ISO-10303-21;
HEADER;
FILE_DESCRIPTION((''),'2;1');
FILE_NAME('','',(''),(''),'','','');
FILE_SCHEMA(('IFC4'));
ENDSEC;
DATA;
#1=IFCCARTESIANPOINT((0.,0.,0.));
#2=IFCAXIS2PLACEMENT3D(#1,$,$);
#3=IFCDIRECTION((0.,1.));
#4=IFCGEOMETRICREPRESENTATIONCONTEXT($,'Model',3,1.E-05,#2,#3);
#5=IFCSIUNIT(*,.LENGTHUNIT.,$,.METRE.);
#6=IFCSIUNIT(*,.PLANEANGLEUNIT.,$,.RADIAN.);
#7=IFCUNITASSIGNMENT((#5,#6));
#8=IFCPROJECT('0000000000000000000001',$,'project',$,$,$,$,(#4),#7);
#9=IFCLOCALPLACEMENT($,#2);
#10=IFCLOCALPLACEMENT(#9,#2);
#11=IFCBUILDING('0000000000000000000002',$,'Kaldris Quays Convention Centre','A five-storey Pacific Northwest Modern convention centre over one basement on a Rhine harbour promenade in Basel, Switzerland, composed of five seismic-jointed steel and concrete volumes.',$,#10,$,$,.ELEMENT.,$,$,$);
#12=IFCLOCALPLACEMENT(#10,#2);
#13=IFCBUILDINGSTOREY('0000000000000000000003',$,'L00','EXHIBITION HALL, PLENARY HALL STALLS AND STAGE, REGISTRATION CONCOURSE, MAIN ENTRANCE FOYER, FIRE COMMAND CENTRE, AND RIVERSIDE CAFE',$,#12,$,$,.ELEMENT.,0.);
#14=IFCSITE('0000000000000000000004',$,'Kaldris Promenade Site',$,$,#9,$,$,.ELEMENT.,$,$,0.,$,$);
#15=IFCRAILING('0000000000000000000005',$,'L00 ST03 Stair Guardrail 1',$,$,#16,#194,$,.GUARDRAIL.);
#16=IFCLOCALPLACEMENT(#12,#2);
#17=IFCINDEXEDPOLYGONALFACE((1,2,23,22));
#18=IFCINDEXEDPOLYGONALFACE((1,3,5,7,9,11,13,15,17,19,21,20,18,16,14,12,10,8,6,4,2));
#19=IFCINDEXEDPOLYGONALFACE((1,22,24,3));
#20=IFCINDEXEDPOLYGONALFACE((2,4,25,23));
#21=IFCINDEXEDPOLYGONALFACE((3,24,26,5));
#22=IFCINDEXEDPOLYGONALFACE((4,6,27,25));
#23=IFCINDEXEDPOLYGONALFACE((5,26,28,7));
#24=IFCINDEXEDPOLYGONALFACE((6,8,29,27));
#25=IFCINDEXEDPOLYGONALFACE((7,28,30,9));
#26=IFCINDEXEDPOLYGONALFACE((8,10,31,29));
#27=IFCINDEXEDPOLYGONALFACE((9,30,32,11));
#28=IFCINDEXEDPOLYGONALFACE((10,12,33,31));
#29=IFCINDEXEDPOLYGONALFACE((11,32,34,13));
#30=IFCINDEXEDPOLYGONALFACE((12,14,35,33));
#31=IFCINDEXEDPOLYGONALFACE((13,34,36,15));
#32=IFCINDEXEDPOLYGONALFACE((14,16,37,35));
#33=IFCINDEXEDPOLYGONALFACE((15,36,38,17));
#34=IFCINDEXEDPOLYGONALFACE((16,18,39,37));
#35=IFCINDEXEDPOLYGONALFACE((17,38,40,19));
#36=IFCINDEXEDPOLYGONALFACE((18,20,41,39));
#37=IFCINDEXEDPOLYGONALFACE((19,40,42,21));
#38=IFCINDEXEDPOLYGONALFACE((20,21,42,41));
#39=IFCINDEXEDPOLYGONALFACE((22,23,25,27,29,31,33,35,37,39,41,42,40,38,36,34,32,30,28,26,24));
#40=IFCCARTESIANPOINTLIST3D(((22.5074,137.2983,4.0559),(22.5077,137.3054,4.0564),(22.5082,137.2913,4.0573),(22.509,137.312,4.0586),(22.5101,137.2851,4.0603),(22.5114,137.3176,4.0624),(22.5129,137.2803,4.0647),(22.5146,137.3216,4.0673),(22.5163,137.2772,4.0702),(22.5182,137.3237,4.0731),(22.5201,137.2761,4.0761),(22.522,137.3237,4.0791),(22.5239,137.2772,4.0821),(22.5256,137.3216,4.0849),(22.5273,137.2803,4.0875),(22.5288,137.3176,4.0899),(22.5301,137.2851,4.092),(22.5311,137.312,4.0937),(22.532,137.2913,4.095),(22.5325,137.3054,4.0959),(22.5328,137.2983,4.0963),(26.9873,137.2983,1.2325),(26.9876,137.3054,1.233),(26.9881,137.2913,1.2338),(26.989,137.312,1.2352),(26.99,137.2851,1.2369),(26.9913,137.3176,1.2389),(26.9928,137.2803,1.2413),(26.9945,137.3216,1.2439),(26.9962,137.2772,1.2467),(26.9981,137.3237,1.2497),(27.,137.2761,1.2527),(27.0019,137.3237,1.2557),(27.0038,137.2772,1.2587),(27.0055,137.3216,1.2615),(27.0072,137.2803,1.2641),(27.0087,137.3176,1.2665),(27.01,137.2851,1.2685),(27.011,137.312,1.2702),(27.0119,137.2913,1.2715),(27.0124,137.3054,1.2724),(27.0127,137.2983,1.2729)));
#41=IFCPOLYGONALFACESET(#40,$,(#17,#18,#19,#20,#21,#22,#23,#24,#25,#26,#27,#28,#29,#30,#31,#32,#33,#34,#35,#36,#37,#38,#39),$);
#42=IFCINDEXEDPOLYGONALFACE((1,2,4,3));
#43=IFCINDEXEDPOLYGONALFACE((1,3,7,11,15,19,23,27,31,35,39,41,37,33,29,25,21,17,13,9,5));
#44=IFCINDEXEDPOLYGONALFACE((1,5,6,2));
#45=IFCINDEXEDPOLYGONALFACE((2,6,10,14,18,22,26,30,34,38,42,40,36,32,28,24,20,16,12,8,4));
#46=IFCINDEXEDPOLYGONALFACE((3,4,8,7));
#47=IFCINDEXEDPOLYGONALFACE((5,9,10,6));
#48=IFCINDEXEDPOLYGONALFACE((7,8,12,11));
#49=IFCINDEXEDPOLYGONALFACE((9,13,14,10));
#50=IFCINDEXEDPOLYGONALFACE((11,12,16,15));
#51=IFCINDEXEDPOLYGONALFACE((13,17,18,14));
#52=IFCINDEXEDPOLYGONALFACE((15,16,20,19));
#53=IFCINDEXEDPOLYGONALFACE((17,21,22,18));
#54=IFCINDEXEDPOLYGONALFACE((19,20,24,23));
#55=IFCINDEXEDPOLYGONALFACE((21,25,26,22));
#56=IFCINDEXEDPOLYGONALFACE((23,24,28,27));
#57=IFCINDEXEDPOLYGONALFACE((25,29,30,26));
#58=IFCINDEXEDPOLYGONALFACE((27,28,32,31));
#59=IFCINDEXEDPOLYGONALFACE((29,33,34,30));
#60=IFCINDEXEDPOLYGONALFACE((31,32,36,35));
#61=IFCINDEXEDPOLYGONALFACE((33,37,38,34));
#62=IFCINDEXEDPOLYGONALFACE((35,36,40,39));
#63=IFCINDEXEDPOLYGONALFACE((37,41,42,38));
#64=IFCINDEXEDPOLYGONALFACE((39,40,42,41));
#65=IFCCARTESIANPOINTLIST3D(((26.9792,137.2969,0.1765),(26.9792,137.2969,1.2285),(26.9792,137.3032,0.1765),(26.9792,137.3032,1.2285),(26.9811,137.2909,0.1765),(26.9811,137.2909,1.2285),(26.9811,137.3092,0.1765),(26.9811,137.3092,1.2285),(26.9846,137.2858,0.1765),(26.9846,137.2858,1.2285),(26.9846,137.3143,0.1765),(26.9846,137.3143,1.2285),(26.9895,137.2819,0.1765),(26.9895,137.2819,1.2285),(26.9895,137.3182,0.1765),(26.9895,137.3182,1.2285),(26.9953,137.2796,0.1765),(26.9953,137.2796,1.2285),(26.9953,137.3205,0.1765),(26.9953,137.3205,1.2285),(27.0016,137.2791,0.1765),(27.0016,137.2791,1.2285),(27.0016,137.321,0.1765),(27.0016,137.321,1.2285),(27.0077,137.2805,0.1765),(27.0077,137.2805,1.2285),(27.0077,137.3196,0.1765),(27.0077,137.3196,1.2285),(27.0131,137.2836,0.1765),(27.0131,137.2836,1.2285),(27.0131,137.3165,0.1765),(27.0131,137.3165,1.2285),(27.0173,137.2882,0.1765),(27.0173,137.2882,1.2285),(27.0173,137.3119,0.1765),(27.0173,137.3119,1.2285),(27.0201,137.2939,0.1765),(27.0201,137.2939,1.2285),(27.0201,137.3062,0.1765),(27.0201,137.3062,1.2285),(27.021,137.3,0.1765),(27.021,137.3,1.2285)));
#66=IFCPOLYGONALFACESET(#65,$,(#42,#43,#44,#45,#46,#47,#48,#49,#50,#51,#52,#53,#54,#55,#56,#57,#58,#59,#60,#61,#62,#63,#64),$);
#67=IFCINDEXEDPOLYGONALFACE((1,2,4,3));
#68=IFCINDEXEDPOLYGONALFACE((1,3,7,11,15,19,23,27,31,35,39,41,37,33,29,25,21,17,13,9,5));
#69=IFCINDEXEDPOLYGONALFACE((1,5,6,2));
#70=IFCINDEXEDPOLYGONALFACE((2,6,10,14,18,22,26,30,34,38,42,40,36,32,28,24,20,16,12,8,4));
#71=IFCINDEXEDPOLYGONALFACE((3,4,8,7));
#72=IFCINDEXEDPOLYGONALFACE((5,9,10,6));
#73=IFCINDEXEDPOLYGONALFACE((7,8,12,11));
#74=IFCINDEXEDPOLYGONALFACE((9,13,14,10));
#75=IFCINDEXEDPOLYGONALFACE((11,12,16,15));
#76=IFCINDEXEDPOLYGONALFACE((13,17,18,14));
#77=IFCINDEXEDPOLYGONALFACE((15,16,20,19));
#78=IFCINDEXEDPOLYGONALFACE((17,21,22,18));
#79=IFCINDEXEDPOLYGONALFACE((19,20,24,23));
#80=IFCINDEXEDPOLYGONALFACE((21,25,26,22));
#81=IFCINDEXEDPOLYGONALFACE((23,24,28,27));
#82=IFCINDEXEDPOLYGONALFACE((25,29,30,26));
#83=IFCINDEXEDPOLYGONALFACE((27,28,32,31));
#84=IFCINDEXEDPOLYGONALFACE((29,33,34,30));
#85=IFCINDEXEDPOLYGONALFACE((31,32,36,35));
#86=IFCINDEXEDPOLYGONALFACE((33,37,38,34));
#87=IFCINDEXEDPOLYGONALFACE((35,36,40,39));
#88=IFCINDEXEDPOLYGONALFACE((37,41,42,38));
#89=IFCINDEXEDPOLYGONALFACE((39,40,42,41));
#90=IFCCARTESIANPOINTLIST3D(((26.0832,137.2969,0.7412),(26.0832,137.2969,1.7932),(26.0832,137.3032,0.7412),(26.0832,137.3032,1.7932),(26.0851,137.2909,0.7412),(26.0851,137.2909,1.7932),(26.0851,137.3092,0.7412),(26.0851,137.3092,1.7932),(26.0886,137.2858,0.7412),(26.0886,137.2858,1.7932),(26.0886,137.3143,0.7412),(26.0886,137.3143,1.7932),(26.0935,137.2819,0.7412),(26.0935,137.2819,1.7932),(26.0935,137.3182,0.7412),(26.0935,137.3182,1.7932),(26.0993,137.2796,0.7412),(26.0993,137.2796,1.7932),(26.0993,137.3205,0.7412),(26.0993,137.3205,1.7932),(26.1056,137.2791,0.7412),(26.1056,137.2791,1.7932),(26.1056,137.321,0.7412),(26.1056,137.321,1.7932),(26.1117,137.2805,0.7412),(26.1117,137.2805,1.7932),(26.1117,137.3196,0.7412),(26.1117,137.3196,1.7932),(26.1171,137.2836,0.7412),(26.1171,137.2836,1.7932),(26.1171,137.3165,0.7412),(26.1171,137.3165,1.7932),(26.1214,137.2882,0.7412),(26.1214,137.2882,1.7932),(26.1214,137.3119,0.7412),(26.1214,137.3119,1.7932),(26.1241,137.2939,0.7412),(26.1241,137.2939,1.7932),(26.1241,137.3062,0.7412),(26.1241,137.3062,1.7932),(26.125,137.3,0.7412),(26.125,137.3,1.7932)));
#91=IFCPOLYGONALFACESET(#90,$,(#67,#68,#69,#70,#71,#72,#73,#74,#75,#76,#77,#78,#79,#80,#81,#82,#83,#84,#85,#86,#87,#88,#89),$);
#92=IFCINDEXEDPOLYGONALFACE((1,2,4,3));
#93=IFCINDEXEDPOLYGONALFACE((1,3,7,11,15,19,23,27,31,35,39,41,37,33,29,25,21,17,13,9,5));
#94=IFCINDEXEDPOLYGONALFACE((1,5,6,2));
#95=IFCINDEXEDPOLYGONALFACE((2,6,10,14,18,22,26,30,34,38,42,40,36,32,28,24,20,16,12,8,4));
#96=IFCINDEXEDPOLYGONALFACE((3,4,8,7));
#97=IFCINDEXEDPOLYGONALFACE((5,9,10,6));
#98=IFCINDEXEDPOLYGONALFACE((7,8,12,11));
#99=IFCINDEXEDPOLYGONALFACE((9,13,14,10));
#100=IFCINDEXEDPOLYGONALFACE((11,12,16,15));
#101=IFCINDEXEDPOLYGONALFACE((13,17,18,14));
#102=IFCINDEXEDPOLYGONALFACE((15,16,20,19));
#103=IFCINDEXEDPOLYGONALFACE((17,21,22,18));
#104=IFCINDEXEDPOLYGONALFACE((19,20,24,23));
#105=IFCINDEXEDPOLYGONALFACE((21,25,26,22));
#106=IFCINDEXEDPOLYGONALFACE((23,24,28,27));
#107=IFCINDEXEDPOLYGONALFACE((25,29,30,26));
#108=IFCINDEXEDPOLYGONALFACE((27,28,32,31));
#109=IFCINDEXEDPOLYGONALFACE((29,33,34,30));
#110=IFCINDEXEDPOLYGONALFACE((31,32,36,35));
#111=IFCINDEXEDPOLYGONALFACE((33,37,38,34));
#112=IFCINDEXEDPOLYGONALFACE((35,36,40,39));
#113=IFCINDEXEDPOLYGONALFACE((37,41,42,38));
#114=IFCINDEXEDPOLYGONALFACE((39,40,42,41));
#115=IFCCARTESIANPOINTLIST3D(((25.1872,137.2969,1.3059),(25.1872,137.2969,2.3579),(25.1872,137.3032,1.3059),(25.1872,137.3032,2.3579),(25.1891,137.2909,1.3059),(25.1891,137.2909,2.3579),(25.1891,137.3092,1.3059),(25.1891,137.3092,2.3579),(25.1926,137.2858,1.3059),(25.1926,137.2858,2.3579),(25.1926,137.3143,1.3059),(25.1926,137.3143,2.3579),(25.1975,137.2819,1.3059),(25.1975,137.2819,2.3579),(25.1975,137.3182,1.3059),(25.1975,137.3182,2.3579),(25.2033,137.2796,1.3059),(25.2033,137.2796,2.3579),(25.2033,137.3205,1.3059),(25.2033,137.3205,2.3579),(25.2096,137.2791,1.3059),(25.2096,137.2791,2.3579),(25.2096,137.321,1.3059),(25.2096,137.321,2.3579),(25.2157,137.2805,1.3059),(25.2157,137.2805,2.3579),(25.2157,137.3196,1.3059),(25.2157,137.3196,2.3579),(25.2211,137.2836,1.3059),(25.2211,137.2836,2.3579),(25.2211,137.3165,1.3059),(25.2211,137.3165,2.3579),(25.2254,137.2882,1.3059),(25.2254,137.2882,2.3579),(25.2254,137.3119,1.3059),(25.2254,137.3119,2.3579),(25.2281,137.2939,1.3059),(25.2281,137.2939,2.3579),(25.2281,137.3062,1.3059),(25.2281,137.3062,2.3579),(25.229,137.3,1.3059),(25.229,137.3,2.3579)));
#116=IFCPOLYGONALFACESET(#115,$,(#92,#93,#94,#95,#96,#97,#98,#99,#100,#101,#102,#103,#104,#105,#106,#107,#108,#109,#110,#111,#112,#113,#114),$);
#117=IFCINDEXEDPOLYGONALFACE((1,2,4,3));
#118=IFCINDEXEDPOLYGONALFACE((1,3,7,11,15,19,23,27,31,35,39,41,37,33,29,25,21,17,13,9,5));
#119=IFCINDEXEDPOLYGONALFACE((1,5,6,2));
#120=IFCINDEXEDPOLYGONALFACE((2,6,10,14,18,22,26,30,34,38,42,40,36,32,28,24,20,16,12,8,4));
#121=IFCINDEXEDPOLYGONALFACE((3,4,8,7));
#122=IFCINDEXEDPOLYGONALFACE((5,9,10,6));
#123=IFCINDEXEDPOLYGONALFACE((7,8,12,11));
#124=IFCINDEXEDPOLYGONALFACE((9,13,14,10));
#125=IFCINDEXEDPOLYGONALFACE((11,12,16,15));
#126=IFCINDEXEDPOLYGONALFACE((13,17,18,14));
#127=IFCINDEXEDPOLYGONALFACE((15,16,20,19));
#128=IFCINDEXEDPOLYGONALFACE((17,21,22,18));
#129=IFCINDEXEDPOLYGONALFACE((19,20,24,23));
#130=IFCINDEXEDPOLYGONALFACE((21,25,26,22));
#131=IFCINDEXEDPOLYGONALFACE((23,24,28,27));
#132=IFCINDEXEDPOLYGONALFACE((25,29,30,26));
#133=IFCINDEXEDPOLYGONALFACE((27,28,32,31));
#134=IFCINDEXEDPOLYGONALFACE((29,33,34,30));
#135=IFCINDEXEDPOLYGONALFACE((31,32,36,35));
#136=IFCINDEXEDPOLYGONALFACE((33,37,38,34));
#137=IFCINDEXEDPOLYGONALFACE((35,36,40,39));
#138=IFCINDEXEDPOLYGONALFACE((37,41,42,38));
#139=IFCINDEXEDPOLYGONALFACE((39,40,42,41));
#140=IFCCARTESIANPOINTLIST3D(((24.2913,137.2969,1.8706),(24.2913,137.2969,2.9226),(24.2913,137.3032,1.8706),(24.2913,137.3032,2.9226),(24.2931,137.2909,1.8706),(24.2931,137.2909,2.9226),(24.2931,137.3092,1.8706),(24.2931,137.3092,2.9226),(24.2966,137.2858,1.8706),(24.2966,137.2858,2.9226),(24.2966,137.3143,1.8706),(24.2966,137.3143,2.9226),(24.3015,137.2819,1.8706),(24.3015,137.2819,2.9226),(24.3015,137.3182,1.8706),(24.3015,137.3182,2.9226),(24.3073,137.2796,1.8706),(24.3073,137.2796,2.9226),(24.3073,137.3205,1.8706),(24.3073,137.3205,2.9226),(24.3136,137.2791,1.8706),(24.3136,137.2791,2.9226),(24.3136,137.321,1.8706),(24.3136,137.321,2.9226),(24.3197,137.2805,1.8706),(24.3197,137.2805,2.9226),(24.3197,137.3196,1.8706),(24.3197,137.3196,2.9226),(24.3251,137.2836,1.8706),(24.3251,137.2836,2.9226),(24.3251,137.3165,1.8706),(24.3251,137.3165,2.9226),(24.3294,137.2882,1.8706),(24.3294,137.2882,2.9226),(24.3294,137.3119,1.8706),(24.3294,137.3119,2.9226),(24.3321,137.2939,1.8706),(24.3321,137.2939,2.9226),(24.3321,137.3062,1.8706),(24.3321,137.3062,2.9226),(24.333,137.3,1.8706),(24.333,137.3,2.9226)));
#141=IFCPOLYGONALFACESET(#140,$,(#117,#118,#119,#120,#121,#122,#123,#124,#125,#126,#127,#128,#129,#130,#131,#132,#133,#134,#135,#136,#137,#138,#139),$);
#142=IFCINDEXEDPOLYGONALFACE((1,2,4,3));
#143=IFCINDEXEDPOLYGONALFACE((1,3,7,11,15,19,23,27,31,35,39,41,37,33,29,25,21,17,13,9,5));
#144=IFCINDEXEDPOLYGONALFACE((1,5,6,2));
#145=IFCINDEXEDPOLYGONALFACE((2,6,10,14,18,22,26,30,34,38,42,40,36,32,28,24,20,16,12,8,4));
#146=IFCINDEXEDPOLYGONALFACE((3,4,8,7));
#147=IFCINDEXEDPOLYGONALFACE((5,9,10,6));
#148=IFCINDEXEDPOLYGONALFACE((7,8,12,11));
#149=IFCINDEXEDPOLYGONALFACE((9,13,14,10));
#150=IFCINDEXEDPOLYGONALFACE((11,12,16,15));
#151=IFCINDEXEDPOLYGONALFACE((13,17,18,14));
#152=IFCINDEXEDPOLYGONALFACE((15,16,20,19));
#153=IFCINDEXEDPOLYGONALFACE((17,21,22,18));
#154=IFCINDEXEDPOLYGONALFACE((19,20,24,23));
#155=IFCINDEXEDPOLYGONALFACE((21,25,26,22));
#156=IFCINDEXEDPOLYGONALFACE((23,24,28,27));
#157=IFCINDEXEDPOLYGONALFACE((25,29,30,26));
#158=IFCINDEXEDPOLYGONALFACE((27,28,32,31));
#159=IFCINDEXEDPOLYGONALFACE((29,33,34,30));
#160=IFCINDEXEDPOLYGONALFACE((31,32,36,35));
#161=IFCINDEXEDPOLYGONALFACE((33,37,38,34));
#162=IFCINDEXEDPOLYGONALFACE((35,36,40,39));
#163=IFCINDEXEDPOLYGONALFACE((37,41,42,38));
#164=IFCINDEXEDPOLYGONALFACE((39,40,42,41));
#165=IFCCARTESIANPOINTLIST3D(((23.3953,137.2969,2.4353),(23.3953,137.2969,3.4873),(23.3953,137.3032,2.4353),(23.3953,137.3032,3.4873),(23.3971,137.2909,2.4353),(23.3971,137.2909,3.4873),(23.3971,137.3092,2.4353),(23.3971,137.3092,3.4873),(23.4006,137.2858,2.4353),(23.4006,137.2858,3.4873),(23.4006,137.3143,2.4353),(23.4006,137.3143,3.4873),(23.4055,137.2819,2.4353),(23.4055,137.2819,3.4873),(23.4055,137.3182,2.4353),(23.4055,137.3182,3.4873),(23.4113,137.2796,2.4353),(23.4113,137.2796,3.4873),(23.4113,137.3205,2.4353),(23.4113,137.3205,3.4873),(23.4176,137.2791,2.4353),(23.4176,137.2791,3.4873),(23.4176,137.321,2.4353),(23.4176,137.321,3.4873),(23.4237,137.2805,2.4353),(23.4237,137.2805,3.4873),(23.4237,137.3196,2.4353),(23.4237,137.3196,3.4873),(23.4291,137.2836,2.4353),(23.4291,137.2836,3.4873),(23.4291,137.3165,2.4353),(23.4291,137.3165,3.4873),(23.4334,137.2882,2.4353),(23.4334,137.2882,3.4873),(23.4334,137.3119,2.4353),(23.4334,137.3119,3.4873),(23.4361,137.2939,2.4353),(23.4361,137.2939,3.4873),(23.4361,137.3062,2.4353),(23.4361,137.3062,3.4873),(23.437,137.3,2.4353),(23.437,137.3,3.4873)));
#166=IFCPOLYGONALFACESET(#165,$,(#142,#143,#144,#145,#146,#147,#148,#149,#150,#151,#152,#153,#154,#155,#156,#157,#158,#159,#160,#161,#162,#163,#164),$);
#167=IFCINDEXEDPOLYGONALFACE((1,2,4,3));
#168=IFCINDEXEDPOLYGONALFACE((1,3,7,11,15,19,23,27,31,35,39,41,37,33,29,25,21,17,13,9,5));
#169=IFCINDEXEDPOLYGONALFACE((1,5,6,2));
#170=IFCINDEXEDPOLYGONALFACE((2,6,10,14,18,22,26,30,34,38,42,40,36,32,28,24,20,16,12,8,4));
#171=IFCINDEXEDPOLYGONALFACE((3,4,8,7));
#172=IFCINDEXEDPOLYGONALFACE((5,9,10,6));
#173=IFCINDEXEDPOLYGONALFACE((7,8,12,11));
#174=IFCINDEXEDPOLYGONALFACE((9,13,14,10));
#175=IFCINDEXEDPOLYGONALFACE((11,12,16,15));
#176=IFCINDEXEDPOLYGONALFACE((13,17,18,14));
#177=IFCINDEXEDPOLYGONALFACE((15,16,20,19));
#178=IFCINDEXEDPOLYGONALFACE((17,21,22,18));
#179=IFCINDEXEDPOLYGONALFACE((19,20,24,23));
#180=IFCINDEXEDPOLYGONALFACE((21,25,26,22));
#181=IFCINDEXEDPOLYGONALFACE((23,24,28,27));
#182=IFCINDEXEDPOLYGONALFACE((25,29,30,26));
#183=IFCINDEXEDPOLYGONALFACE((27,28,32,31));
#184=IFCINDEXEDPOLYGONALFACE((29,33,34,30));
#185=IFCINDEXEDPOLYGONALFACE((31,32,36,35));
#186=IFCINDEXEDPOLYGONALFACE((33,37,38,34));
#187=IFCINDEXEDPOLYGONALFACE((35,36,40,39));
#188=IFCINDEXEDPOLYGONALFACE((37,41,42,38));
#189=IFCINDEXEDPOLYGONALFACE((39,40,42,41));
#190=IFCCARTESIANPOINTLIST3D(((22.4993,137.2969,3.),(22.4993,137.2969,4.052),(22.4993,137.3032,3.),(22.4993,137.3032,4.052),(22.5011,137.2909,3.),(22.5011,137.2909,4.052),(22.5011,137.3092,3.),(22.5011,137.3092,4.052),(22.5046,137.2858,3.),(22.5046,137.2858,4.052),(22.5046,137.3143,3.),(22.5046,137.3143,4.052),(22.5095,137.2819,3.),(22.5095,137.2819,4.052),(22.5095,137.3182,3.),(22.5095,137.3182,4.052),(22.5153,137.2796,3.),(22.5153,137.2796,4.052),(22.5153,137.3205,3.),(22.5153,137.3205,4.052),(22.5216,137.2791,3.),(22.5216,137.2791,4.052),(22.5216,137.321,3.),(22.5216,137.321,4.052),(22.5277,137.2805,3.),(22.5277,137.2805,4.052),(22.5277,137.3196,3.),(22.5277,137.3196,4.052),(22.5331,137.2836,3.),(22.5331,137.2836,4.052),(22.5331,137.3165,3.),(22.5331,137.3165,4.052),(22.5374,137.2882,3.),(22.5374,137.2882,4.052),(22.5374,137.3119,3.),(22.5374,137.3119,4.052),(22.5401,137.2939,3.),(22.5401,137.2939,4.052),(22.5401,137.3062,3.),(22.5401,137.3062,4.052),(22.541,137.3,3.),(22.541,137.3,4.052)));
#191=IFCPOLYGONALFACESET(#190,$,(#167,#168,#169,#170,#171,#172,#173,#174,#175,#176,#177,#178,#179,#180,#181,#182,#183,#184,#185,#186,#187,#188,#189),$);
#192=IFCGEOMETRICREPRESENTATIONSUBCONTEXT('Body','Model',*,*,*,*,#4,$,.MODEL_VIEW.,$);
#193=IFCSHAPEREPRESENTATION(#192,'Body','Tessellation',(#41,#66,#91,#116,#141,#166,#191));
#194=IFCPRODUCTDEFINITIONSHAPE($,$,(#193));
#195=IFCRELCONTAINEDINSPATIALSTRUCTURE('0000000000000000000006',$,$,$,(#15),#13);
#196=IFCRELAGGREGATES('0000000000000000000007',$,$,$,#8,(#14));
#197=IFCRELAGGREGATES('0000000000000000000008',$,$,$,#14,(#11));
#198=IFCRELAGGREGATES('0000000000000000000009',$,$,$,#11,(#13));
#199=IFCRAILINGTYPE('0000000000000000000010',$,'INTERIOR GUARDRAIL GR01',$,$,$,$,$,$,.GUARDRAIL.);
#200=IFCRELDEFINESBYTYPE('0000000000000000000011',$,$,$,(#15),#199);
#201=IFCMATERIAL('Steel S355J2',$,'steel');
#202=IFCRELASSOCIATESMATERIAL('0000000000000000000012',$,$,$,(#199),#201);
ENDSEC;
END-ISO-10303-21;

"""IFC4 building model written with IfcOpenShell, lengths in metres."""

from ifc_helpers import new_model, si_unit, direction, frame, origin, origin_2d, place, context, subcontext, project, spatial, circle, extrude, material, type_object, element, save


model = new_model("IFC4")

# Units and contexts
model_context = context("Model", 3, precision=1e-05, world=origin(), true_north=direction((0.0, 1.0)))
body_context = subcontext(model_context, "Body", "Model", "MODEL_VIEW")
ifc_project = project(units=[si_unit("LENGTHUNIT", "METRE"), si_unit("PLANEANGLEUNIT", "RADIAN")], contexts=[model_context])

# Site, building, storey
site_placement = place(None, origin())
site = spatial("IfcSite", under=ifc_project, at=site_placement, Name="Kaldris Promenade Site", CompositionType="ELEMENT", RefElevation=0.0)
building_placement = place(site_placement, origin())
building = spatial("IfcBuilding", under=site, at=building_placement, Name="Kaldris Quays Convention Centre", Description="A five-storey Pacific Northwest Modern convention centre over one basement on a Rhine harbour promenade in Basel, Switzerland, composed of five seismic-jointed steel and concrete volumes.", CompositionType="ELEMENT")
storey_placement = place(building_placement, origin())
storey = spatial("IfcBuildingStorey", under=building, at=storey_placement, Name="L00", Description="EXHIBITION HALL, PLENARY HALL STALLS AND STAGE, REGISTRATION CONCOURSE, MAIN ENTRANCE FOYER, FIRE COMMAND CENTRE, AND RIVERSIDE CAFE", CompositionType="ELEMENT", Elevation=0.0)

# Shared definitions
ifc_material_1 = material(Name="Steel S355J2", Category="steel")

# Railing
railing_type_1 = type_object("IfcRailingType", Name="INTERIOR GUARDRAIL GR01", PredefinedType="GUARDRAIL", material=ifc_material_1)
railing_1_placement = place(storey_placement, frame((27.0, 137.3, 0.1765)))
element("IfcRailing", 1, at=railing_1_placement, inside=storey, type_object=railing_type_1, Name="L00 ST03 Stair Guardrail 1", PredefinedType="GUARDRAIL", context=body_context, shape_type="SweptSolid", body=[
    extrude(circle(Radius=0.0239, at=origin_2d()), frame((0.0, 0.0, 1.0762), z_axis=(-0.845998, 0.0, 0.533186), x_axis=(0.0, -1.0, 0.0)), (0.0, 0.0, 1.0), 5.2954),
    extrude(circle(Radius=0.021, at=origin_2d()), origin(), (0.0, 0.0, 1.0), 1.052),
    extrude(circle(Radius=0.021, at=origin_2d()), frame((-0.896, 0.0, 0.5647)), (0.0, 0.0, 1.0), 1.052),
    extrude(circle(Radius=0.021, at=origin_2d()), frame((-1.792, 0.0, 1.1294)), (0.0, 0.0, 1.0), 1.052),
    extrude(circle(Radius=0.021, at=origin_2d()), frame((-2.688, 0.0, 1.6941)), (0.0, 0.0, 1.0), 1.052),
    extrude(circle(Radius=0.021, at=origin_2d()), frame((-3.584, 0.0, 2.2588)), (0.0, 0.0, 1.0), 1.052),
    extrude(circle(Radius=0.021, at=origin_2d()), frame((-4.48, 0.0, 2.8235)), (0.0, 0.0, 1.0), 1.052),
])

save(model, "model.ifc")
